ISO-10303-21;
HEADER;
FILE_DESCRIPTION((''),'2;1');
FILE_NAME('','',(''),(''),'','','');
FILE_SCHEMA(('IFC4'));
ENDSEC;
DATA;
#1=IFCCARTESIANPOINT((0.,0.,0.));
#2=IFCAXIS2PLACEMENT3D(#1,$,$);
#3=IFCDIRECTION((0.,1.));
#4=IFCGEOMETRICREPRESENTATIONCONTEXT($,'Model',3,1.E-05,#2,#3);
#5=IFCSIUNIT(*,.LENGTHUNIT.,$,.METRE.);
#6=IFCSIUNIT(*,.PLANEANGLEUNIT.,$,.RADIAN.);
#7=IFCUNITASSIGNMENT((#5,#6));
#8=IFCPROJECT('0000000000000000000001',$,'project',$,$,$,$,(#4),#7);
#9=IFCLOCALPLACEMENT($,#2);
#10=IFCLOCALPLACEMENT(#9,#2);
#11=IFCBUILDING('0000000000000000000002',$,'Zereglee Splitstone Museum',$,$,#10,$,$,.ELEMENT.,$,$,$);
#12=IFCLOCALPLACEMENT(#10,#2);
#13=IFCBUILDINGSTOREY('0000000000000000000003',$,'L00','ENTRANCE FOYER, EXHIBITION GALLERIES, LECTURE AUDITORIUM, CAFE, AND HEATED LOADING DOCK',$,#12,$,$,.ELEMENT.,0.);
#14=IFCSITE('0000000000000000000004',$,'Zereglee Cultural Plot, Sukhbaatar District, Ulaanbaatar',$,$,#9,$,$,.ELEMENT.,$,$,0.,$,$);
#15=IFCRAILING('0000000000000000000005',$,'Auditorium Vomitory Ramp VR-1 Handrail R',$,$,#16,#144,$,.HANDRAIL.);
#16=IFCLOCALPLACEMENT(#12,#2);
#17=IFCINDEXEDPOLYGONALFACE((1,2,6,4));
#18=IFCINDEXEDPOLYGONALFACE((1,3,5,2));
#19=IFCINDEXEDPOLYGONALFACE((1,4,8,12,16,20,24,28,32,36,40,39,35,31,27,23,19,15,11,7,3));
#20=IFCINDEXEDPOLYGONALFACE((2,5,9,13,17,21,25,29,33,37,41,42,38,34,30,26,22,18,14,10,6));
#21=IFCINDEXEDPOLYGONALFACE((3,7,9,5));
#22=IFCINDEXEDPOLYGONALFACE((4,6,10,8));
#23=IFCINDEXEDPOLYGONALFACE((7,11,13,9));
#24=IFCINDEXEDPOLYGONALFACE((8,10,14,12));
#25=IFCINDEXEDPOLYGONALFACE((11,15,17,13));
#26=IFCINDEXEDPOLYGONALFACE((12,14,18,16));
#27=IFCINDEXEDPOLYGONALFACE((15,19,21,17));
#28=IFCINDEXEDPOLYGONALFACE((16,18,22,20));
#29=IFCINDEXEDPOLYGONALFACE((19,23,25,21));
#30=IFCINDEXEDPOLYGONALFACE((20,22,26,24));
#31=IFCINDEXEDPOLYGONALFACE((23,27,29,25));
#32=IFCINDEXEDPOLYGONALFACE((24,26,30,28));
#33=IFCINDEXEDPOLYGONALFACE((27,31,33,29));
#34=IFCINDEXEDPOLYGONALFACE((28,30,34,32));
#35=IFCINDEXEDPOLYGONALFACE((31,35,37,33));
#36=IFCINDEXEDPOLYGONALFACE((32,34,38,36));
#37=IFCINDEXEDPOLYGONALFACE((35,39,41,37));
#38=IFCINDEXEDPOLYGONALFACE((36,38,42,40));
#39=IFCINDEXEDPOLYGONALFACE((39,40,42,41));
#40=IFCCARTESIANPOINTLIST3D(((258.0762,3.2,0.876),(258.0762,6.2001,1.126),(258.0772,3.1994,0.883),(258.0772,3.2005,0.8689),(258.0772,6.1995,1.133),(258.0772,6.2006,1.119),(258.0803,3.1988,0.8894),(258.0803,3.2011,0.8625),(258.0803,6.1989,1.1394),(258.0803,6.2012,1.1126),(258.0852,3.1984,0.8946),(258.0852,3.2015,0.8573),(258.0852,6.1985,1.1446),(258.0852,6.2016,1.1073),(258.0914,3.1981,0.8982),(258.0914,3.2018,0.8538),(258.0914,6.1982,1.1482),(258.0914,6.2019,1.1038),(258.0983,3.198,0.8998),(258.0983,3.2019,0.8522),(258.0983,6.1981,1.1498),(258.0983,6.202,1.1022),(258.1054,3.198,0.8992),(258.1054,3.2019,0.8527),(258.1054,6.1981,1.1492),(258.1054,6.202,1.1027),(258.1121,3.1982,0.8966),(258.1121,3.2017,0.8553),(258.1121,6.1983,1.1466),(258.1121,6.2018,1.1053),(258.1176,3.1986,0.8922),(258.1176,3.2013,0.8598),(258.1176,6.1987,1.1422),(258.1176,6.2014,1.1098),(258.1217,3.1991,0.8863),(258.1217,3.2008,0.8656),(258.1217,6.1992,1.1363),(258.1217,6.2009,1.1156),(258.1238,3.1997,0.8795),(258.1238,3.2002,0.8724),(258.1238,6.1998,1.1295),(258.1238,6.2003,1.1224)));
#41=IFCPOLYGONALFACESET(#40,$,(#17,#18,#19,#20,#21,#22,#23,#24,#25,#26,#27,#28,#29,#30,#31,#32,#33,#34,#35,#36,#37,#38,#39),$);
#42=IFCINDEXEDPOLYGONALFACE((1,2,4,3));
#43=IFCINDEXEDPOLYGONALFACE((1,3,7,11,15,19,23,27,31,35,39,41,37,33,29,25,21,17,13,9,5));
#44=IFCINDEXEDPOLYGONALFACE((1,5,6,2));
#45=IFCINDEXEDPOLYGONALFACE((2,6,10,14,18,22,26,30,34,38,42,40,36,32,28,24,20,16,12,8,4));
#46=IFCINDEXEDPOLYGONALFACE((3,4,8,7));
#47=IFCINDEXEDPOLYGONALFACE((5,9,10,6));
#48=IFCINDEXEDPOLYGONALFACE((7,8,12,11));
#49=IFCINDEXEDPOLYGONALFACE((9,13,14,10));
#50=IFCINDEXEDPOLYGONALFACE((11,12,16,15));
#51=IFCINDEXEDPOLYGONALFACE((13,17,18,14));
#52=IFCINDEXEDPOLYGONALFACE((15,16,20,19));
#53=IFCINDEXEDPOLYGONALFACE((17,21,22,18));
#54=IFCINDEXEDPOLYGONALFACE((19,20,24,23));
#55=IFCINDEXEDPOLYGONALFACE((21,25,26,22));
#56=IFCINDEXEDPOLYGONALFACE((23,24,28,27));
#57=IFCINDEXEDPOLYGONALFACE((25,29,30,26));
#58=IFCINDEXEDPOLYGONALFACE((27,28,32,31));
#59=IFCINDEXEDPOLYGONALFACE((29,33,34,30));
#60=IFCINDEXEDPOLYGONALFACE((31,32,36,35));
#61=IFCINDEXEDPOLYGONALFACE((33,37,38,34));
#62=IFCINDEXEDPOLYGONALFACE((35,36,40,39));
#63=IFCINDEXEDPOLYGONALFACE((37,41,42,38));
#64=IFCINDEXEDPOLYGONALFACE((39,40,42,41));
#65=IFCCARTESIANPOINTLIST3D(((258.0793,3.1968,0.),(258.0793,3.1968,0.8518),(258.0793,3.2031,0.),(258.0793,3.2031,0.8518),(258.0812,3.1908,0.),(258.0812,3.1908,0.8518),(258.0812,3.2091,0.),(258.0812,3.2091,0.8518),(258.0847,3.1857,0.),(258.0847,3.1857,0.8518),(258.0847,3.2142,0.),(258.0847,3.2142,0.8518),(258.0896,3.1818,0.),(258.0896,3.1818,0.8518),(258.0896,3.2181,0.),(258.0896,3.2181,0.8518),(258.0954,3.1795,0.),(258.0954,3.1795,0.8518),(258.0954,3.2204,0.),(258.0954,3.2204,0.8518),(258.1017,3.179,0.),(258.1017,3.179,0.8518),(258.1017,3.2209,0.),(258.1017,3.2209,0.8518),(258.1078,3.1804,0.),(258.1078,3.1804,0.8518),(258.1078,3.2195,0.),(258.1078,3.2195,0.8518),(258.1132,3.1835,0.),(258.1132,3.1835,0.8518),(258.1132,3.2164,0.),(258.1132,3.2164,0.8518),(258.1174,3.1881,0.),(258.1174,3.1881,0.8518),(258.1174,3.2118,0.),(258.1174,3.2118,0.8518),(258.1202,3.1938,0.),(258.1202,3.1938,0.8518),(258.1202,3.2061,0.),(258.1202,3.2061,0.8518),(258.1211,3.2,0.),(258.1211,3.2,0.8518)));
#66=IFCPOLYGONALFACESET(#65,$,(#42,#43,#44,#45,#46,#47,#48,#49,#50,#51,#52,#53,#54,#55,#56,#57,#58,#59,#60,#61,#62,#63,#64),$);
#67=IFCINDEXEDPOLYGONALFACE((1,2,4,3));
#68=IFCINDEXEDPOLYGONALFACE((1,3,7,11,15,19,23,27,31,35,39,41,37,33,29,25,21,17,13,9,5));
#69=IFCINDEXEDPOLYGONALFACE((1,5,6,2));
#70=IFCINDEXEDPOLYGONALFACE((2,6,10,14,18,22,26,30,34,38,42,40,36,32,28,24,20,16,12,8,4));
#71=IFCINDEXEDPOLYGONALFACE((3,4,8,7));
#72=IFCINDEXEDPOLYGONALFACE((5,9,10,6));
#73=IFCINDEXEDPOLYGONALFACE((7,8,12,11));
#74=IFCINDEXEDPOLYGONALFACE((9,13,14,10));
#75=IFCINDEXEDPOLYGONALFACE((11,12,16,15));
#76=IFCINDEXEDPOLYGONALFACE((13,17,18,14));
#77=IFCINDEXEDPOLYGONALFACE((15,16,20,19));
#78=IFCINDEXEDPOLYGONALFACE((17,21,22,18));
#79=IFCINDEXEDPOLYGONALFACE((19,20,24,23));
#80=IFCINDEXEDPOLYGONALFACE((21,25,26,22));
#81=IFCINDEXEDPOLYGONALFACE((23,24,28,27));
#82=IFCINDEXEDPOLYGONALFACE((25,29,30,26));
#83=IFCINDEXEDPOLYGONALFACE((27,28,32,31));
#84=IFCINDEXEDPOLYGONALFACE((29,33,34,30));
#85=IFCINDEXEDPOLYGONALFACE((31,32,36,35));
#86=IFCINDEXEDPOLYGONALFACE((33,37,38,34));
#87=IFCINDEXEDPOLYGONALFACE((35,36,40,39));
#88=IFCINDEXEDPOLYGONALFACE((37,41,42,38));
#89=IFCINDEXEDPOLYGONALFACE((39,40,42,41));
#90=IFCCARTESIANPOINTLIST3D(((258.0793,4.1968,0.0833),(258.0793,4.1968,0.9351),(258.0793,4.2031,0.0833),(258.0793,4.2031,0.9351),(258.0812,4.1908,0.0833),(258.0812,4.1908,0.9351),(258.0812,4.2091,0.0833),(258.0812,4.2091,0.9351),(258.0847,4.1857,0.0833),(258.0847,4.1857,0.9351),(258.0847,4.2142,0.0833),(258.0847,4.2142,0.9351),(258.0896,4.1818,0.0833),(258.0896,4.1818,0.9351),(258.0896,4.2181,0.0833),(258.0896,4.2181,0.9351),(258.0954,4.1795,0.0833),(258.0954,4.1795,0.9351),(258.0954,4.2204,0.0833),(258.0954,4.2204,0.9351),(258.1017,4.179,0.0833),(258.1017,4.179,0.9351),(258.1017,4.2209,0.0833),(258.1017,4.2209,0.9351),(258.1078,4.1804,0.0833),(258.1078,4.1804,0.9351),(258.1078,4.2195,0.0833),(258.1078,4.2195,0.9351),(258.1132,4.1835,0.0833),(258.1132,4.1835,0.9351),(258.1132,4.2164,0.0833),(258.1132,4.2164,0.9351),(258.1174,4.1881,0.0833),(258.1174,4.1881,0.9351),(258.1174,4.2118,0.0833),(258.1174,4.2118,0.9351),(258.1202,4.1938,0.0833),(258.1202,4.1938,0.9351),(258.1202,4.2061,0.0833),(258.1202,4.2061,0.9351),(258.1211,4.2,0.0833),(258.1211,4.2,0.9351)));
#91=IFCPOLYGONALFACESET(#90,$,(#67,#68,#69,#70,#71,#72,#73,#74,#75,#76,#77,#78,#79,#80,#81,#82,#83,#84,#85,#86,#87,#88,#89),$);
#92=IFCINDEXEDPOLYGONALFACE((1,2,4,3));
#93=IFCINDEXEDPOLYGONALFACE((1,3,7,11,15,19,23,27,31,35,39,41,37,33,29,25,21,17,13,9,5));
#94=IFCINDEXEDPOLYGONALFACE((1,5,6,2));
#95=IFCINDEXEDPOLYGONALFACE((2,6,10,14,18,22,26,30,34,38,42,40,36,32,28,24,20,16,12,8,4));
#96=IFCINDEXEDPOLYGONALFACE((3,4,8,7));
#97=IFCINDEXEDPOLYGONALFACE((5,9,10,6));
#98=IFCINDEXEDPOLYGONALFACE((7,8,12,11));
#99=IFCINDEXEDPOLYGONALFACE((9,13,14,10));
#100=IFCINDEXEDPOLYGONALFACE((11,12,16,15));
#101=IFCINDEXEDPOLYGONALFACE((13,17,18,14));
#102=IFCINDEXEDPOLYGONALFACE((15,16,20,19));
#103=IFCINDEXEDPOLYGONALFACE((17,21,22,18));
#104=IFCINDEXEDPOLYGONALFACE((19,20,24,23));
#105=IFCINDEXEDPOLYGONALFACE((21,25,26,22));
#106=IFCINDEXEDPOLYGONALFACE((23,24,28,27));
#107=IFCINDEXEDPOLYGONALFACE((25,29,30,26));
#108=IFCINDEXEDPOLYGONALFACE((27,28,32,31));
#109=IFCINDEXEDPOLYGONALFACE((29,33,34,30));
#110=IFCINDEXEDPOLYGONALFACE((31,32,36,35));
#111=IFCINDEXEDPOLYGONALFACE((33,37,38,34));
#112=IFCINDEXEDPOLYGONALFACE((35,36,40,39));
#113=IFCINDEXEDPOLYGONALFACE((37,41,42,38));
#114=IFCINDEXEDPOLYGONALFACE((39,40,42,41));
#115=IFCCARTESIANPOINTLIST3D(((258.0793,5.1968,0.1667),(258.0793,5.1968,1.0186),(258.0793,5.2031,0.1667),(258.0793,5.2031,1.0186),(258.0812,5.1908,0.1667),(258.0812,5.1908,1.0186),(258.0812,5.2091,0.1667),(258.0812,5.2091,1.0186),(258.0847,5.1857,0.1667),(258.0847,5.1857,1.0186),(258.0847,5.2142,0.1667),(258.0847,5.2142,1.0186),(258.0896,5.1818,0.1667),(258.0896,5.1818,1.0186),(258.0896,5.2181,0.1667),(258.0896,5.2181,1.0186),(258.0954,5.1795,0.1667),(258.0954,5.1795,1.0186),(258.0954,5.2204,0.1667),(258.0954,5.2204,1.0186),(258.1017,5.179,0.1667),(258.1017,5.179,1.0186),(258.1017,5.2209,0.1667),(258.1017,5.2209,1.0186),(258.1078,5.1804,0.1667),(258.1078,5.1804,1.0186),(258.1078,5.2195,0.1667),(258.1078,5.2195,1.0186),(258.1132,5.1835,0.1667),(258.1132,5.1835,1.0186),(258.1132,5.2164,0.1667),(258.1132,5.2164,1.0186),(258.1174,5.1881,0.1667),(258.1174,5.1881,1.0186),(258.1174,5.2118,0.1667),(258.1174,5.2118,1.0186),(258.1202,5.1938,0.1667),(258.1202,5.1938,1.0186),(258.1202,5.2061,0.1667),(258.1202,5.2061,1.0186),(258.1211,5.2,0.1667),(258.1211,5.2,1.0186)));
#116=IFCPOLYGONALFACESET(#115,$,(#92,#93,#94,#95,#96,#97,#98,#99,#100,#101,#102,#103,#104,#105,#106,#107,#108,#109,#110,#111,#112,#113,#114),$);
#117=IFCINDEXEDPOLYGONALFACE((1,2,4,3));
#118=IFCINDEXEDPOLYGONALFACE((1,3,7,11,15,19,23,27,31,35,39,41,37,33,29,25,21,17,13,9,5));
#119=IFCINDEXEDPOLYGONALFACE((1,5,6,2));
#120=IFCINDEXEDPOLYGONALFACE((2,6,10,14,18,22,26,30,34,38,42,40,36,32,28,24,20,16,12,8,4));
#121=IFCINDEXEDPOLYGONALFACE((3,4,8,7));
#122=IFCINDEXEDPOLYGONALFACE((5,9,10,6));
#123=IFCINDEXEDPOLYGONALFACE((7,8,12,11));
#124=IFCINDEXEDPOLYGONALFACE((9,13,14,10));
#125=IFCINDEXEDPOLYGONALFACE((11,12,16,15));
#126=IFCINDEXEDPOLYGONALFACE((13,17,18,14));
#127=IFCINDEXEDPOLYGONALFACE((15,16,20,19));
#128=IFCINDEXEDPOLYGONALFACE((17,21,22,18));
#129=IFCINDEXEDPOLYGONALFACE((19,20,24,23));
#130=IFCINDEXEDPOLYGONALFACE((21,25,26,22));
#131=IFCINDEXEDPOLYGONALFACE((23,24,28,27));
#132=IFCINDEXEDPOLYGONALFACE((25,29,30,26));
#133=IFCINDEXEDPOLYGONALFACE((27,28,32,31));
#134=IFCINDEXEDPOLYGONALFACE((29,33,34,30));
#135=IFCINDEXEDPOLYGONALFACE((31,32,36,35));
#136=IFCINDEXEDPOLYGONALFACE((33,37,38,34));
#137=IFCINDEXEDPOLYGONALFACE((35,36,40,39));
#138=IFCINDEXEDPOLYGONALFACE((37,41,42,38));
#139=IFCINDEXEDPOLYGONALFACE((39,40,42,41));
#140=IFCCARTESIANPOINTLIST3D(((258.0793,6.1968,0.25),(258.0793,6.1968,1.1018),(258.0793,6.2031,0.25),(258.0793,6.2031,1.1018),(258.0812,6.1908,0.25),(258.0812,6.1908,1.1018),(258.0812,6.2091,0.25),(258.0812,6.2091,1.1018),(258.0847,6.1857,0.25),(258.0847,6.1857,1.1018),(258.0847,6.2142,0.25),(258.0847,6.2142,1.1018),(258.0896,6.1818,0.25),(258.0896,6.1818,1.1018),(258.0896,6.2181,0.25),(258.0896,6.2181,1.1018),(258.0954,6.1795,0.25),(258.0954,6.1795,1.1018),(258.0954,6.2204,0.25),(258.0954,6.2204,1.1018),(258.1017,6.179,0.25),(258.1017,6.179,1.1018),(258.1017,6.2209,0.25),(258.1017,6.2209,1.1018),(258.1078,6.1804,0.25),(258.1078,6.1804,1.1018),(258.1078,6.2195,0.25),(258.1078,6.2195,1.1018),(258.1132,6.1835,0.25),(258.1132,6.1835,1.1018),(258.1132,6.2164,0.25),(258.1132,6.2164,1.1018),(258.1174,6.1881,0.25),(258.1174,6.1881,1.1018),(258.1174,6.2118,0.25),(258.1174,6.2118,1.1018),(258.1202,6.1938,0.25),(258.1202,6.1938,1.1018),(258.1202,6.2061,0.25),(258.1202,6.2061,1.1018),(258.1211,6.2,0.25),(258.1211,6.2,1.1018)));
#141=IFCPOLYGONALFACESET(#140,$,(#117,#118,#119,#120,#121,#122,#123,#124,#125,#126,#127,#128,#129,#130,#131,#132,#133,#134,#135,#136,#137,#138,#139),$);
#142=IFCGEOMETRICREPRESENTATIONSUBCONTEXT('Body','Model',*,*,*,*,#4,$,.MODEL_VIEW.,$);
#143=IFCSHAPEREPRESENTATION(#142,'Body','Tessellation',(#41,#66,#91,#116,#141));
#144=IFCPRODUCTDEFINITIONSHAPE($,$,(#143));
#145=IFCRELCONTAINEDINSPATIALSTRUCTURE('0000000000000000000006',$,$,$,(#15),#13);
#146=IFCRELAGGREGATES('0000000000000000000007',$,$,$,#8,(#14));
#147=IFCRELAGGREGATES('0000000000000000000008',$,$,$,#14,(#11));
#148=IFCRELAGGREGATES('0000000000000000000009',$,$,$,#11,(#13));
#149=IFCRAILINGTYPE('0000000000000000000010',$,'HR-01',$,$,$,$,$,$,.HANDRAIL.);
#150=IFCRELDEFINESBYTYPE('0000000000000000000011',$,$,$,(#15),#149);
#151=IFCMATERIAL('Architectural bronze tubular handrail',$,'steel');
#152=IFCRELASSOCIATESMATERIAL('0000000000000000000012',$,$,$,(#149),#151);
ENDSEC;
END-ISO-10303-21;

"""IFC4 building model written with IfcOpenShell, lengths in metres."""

from ifc_helpers import new_model, si_unit, direction, frame, origin, origin_2d, place, context, subcontext, project, spatial, circle, extrude, material, type_object, element, save


model = new_model("IFC4")

# Units and contexts
model_context = context("Model", 3, precision=1e-05, world=origin(), true_north=direction((0.0, 1.0)))
body_context = subcontext(model_context, "Body", "Model", "MODEL_VIEW")
ifc_project = project(units=[si_unit("LENGTHUNIT", "METRE"), si_unit("PLANEANGLEUNIT", "RADIAN")], contexts=[model_context])

# Site, building, storey
site_placement = place(None, origin())
site = spatial("IfcSite", under=ifc_project, at=site_placement, Name="Zereglee Cultural Plot, Sukhbaatar District, Ulaanbaatar", CompositionType="ELEMENT", RefElevation=0.0)
building_placement = place(site_placement, origin())
building = spatial("IfcBuilding", under=site, at=building_placement, Name="Zereglee Splitstone Museum", CompositionType="ELEMENT")
storey_placement = place(building_placement, origin())
storey = spatial("IfcBuildingStorey", under=building, at=storey_placement, Name="L00", Description="ENTRANCE FOYER, EXHIBITION GALLERIES, LECTURE AUDITORIUM, CAFE, AND HEATED LOADING DOCK", CompositionType="ELEMENT", Elevation=0.0)

# Railing
ifc_material_1 = material(Name="Architectural bronze tubular handrail", Category="steel")
railing_type_1 = type_object("IfcRailingType", Name="HR-01", PredefinedType="HANDRAIL", material=ifc_material_1)
for number, where, name in (
    (1, (258.1001, 3.2, 0.0), "Auditorium Vomitory Ramp VR-1 Handrail R"),
):
    element("IfcRailing", number, at=place(storey_placement, frame(where)), inside=storey, type_object=railing_type_1, Name=name, PredefinedType="HANDRAIL", context=body_context, shape_type="SweptSolid", body=[
        extrude(circle(Radius=0.0239, at=origin_2d()), frame((0.0, 0.0, 0.876), z_axis=(0.0, 0.996546, 0.083045), x_axis=(-1.0, 0.0, 0.0)), (0.0, 0.0, 1.0), 3.0105),
        extrude(circle(Radius=0.021, at=origin_2d()), origin(), (0.0, 0.0, 1.0), 0.8518),
        extrude(circle(Radius=0.021, at=origin_2d()), frame((0.0, 1.0, 0.0833)), (0.0, 0.0, 1.0), 0.8518),
        extrude(circle(Radius=0.021, at=origin_2d()), frame((0.0, 2.0, 0.1667)), (0.0, 0.0, 1.0), 0.8518),
        extrude(circle(Radius=0.021, at=origin_2d()), frame((0.0, 3.0, 0.25)), (0.0, 0.0, 1.0), 0.8518),
    ])

save(model, "model.ifc")
